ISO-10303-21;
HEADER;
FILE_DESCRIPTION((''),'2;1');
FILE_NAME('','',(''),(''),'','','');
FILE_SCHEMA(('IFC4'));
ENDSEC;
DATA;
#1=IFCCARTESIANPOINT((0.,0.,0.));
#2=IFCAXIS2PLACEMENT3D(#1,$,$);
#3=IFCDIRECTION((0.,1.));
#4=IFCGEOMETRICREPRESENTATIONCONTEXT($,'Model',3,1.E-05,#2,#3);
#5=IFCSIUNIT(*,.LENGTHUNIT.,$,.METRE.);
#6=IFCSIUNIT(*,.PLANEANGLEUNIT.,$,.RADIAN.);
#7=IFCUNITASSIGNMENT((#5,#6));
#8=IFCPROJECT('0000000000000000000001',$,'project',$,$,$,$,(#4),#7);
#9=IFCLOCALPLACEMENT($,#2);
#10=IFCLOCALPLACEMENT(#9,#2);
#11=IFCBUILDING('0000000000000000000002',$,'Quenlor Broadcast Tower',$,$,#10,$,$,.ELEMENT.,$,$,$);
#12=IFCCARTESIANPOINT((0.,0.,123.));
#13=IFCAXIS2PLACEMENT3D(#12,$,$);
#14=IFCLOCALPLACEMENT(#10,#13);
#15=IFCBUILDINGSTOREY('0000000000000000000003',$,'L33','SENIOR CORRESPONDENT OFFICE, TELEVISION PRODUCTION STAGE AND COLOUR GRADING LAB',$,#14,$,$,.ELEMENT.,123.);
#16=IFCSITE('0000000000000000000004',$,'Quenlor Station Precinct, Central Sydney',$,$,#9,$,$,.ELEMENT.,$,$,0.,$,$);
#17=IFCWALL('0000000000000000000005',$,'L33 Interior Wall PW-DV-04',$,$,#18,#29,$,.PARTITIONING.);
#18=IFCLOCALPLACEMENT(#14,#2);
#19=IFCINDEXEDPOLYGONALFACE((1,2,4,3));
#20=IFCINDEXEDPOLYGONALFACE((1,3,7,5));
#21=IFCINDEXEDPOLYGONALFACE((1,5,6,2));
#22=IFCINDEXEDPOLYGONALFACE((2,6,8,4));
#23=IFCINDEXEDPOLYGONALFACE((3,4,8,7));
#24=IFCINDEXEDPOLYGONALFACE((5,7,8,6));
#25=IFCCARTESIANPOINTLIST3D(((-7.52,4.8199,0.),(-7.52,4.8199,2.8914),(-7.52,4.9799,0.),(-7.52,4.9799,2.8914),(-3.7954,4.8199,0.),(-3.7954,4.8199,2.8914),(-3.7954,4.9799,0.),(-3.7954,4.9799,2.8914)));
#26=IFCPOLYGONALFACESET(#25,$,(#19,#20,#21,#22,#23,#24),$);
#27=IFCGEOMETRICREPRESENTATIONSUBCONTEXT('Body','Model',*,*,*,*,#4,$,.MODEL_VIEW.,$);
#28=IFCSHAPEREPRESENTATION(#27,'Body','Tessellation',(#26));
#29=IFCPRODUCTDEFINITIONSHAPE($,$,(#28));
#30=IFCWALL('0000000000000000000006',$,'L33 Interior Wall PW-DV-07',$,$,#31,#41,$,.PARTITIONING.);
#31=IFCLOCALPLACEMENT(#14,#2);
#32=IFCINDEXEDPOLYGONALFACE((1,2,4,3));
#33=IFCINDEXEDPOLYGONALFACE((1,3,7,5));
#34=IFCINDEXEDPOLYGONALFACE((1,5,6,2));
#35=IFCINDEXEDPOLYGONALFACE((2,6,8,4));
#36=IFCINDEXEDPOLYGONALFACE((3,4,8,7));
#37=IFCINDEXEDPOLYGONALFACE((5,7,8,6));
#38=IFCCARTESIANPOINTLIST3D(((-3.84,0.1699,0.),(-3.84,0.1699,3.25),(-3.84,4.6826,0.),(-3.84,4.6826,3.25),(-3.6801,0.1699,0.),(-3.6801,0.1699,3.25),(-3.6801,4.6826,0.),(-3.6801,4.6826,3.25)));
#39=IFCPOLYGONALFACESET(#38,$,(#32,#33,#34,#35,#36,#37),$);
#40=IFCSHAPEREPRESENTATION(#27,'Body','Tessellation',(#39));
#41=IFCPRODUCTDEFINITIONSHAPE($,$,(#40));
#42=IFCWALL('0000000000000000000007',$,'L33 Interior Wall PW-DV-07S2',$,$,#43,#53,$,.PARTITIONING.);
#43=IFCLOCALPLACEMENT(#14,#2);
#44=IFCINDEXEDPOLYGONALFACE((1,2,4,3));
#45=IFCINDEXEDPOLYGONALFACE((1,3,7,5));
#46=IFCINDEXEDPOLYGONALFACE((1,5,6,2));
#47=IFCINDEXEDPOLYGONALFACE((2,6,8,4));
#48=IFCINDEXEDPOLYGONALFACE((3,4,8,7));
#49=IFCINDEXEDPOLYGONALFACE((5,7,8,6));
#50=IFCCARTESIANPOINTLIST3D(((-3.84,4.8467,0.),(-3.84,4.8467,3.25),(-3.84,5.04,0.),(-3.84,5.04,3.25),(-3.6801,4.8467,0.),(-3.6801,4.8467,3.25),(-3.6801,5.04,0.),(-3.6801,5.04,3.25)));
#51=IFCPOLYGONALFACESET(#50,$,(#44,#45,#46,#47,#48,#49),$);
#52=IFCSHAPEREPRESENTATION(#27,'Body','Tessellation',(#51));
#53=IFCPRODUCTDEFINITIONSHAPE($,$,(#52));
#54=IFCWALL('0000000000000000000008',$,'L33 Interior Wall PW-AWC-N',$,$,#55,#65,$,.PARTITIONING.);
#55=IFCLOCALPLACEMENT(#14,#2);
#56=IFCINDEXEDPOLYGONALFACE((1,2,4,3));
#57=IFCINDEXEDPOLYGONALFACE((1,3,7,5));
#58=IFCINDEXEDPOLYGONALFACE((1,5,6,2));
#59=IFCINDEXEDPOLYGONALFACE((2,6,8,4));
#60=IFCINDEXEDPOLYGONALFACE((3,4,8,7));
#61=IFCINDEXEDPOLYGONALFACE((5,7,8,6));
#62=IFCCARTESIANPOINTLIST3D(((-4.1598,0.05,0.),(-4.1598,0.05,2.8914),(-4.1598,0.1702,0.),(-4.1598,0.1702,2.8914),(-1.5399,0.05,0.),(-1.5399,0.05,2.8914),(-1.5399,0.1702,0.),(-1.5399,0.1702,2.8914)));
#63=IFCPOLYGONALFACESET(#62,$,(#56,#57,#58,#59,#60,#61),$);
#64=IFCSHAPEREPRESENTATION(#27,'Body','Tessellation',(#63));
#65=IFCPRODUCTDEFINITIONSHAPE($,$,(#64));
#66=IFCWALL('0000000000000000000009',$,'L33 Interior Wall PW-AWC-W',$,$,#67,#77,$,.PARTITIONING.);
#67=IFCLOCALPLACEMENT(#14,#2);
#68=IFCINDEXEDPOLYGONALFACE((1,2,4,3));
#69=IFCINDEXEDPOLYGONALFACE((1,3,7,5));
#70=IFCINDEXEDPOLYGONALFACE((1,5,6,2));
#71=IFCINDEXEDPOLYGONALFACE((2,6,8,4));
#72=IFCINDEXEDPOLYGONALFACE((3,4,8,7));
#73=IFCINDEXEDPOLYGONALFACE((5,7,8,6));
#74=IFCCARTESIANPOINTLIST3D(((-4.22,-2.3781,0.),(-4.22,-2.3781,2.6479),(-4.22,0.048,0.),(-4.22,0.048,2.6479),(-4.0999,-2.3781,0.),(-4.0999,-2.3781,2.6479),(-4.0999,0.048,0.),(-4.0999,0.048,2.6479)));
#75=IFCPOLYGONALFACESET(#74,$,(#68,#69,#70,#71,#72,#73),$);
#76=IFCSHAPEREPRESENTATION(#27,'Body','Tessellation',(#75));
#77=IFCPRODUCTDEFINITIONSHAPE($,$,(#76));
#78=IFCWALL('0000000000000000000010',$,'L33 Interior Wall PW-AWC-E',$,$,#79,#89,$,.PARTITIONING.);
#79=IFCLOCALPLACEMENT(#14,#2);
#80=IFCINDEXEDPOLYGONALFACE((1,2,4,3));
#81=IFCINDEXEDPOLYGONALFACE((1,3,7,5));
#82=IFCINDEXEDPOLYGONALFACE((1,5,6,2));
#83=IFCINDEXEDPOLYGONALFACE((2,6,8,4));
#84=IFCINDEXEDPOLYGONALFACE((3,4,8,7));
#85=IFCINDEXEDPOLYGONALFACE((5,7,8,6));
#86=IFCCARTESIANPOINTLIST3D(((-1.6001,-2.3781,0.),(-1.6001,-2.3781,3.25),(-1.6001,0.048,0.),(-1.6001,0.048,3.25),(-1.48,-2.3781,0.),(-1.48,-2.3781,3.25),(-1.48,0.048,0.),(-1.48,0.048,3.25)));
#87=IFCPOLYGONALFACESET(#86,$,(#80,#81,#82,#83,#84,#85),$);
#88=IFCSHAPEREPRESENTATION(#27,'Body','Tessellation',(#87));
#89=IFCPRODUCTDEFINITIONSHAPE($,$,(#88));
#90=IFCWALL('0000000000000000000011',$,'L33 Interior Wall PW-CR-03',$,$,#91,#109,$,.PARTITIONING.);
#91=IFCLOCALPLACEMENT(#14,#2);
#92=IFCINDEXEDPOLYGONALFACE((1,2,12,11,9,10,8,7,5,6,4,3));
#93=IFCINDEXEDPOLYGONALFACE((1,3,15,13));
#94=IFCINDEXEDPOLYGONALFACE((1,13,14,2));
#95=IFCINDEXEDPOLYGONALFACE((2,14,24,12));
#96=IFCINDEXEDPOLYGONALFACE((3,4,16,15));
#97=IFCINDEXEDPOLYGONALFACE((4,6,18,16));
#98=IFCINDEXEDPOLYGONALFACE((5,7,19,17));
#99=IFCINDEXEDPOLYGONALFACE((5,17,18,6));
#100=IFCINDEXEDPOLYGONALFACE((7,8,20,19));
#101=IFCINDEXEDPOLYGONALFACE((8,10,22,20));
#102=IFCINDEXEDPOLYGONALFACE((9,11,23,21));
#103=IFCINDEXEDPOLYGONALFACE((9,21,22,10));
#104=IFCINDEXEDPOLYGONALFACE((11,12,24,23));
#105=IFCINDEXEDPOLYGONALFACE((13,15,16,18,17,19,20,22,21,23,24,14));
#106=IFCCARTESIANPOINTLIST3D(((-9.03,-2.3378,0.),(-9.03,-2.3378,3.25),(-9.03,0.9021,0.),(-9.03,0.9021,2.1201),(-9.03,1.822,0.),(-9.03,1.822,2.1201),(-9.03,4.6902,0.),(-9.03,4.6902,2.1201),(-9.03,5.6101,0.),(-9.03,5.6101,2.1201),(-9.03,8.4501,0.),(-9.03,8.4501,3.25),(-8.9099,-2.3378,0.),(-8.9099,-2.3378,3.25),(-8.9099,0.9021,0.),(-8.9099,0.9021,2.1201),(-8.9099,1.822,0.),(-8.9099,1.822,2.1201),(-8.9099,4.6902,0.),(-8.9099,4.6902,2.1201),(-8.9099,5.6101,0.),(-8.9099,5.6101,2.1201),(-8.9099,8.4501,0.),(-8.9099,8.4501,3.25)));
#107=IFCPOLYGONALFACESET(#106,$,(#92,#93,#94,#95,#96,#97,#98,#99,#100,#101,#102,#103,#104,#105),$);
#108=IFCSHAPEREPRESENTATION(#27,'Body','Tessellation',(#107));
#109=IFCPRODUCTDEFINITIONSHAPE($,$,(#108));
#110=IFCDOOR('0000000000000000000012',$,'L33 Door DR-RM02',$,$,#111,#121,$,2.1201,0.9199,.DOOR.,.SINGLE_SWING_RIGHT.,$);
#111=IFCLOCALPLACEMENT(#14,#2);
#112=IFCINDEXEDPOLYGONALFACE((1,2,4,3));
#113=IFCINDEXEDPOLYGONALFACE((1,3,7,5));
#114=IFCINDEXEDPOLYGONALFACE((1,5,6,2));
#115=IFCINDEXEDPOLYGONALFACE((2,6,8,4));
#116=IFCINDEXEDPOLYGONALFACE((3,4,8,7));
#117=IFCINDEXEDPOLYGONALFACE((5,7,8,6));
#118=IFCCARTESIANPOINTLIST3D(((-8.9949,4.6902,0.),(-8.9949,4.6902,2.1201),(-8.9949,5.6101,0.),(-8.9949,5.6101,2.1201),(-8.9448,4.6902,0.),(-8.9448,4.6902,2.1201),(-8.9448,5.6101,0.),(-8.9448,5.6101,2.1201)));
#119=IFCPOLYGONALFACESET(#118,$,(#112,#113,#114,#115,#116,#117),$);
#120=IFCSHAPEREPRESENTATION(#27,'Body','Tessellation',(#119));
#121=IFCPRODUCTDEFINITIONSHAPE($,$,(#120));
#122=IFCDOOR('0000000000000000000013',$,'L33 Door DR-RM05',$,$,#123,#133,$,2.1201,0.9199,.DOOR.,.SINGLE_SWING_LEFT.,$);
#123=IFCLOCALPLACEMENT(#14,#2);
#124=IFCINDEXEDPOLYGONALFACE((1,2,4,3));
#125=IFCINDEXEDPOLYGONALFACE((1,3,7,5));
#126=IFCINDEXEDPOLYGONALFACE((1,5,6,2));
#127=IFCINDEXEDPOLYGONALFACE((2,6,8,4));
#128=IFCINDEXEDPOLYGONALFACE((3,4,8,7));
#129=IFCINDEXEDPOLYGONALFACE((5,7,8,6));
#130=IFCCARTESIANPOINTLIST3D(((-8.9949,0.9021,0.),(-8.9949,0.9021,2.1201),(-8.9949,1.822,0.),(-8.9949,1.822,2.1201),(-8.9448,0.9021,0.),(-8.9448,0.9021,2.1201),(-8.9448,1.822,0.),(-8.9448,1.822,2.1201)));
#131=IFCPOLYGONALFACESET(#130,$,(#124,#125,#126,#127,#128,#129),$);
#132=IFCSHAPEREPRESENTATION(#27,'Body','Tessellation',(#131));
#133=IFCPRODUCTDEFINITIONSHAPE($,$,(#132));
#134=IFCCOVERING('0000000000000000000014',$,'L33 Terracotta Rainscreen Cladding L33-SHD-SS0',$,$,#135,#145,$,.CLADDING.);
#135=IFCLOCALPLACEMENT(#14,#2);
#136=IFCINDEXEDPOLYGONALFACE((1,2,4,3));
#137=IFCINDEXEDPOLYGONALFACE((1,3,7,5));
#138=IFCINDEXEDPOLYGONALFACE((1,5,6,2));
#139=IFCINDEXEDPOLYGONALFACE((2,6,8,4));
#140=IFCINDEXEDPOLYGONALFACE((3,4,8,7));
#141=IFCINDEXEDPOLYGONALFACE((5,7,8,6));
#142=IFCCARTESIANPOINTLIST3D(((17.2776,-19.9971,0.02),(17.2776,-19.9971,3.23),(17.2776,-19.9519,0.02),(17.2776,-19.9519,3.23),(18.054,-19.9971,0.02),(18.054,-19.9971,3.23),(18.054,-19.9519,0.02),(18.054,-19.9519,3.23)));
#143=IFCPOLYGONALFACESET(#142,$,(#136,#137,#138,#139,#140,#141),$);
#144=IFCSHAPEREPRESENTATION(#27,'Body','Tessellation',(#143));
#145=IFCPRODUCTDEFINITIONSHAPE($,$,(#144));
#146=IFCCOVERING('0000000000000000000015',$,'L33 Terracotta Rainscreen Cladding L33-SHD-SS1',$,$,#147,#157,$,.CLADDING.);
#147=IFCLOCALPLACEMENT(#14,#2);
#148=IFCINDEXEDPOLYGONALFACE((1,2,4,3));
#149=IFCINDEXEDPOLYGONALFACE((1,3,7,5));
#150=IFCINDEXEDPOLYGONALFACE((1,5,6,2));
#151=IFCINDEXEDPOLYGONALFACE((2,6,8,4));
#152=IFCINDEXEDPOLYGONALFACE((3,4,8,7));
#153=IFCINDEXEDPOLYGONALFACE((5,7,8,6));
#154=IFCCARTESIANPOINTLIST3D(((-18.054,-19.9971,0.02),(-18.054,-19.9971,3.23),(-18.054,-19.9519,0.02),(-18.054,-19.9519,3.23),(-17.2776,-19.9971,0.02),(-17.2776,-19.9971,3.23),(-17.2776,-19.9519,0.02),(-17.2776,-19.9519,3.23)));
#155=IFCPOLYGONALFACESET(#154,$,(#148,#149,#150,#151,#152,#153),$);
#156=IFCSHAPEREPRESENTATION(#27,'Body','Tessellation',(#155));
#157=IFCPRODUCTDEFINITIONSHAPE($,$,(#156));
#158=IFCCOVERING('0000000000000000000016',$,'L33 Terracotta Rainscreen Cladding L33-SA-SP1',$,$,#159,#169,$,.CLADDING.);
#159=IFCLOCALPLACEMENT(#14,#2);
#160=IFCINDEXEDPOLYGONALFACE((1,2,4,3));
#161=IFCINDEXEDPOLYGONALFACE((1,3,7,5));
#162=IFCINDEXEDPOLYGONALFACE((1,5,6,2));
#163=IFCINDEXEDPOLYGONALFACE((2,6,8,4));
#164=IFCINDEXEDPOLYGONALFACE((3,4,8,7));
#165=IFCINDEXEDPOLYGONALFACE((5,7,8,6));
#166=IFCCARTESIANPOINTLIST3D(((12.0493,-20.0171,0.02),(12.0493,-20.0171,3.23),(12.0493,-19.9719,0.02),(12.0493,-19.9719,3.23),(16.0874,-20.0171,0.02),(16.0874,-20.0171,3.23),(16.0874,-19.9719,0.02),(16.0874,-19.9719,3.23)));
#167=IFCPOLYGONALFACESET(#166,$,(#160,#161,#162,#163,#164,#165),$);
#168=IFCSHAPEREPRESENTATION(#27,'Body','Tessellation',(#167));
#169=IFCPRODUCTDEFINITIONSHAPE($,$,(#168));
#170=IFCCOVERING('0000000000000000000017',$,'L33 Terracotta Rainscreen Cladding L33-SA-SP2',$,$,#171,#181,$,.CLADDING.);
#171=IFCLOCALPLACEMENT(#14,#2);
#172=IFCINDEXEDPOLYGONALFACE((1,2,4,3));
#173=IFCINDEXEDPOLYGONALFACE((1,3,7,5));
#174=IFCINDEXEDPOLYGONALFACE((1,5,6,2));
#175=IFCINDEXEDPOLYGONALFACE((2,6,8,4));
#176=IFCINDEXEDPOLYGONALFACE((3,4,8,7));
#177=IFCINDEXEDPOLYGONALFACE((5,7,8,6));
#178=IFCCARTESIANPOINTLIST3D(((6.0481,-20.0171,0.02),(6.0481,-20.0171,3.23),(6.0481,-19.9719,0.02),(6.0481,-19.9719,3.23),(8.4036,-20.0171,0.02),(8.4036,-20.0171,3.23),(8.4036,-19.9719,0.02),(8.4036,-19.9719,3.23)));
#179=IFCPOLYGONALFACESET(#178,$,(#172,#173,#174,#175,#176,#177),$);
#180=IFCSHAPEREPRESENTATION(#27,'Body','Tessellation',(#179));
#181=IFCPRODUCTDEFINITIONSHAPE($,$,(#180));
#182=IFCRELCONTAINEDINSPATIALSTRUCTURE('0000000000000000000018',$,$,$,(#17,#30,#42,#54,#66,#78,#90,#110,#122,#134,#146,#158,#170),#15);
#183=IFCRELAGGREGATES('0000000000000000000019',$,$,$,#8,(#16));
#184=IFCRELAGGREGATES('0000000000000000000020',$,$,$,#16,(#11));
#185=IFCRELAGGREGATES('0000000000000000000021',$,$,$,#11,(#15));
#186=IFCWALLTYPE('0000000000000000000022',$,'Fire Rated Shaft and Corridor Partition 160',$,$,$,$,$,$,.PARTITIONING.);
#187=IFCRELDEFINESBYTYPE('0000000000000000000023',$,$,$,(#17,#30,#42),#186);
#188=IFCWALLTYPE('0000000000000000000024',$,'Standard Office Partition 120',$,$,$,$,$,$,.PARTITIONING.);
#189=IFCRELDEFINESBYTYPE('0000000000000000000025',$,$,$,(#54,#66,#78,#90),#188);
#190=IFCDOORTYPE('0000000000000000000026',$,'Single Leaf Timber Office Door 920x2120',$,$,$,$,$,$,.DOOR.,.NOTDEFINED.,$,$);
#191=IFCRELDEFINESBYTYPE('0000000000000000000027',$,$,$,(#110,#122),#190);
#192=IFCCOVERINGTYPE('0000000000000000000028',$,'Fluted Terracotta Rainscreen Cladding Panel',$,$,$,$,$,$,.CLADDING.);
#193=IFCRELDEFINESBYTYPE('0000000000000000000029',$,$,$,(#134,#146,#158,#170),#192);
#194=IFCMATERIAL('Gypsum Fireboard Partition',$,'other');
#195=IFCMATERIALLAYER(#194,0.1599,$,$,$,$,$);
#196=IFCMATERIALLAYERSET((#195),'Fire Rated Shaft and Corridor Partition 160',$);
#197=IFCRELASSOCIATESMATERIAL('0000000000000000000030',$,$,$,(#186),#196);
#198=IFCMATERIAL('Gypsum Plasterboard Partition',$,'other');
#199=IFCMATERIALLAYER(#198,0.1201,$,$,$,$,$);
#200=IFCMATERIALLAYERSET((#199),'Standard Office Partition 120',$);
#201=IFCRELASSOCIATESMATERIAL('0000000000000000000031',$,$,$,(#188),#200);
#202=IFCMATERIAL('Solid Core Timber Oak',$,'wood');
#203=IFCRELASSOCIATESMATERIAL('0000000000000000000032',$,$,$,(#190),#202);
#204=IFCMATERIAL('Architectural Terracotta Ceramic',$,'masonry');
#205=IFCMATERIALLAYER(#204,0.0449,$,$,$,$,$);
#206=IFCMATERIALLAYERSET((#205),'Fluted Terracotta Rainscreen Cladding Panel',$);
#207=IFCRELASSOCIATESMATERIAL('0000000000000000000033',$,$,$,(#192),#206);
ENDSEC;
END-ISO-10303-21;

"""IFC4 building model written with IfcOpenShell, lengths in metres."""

from ifc_helpers import new_model, si_unit, direction, frame, frame_2d, origin, place, context, subcontext, project, spatial, polyline, rectangle, outline, extrude, material, layer, layer_set, type_object, element, fill, save


model = new_model("IFC4")

# Units and contexts
model_context = context("Model", 3, precision=1e-05, world=origin(), true_north=direction((0.0, 1.0)))
body_context = subcontext(model_context, "Body", "Model", "MODEL_VIEW")
ifc_project = project(units=[si_unit("LENGTHUNIT", "METRE"), si_unit("PLANEANGLEUNIT", "RADIAN")], contexts=[model_context])

# Site, building, storey
site_placement = place(None, origin())
site = spatial("IfcSite", under=ifc_project, at=site_placement, Name="Quenlor Station Precinct, Central Sydney", CompositionType="ELEMENT", RefElevation=0.0)
building_placement = place(site_placement, origin())
building = spatial("IfcBuilding", under=site, at=building_placement, Name="Quenlor Broadcast Tower", CompositionType="ELEMENT")
storey_placement = place(building_placement, frame((0.0, 0.0, 123.0)))
storey = spatial("IfcBuildingStorey", under=building, at=storey_placement, Name="L33", Description="SENIOR CORRESPONDENT OFFICE, TELEVISION PRODUCTION STAGE AND COLOUR GRADING LAB", CompositionType="ELEMENT", Elevation=123.0)

# Walls
ifc_material_1 = material(Name="Gypsum Fireboard Partition", Category="other")
ifc_layer_1 = layer(ifc_material_1, 0.1599)
ifc_layer_set_1 = layer_set([ifc_layer_1], Name="Fire Rated Shaft and Corridor Partition 160")
wall_type_1 = type_object("IfcWallType", Name="Fire Rated Shaft and Corridor Partition 160", PredefinedType="PARTITIONING", material=ifc_layer_set_1)
wall_1_placement = place(storey_placement, frame((-3.7954, 4.8999, 0.0), z_axis=(0.0, 0.0, 1.0), x_axis=(-1.0, 0.0, 0.0)))
element("IfcWall", 1, at=wall_1_placement, inside=storey, type_object=wall_type_1, Name="L33 Interior Wall PW-DV-04", PredefinedType="PARTITIONING", context=body_context, shape_type="SweptSolid", body=[
    extrude(rectangle(XDim=3.7246, YDim=0.1599, at=frame_2d((1.8623, 0.0))), origin(), (0.0, 0.0, 1.0), 2.8914),
])
wall_2_placement = place(storey_placement, frame((-3.76, 0.1699, 0.0), z_axis=(0.0, 0.0, 1.0), x_axis=(0.0, 1.0, 0.0)))
element("IfcWall", 2, at=wall_2_placement, inside=storey, type_object=wall_type_1, Name="L33 Interior Wall PW-DV-07", PredefinedType="PARTITIONING", context=body_context, shape_type="SweptSolid", body=[
    extrude(rectangle(XDim=4.5127, YDim=0.1599, at=frame_2d((2.2563, 0.0))), origin(), (0.0, 0.0, 1.0), 3.25),
])
wall_3_placement = place(storey_placement, frame((-3.76, 4.8467, 0.0), z_axis=(0.0, 0.0, 1.0), x_axis=(0.0, 1.0, 0.0)))
element("IfcWall", 3, at=wall_3_placement, inside=storey, type_object=wall_type_1, Name="L33 Interior Wall PW-DV-07S2", PredefinedType="PARTITIONING", context=body_context, shape_type="SweptSolid", body=[
    extrude(rectangle(XDim=0.1934, YDim=0.1599, at=frame_2d((0.0967, 0.0))), origin(), (0.0, 0.0, 1.0), 3.25),
])
ifc_material_2 = material(Name="Gypsum Plasterboard Partition", Category="other")
ifc_layer_2 = layer(ifc_material_2, 0.1201)
ifc_layer_set_2 = layer_set([ifc_layer_2], Name="Standard Office Partition 120")
wall_type_2 = type_object("IfcWallType", Name="Standard Office Partition 120", PredefinedType="PARTITIONING", material=ifc_layer_set_2)
wall_4_placement = place(storey_placement, frame((-4.1599, 0.1101, 0.0), z_axis=(0.0, 0.0, 1.0), x_axis=(1.0, 0.0, 0.0)))
element("IfcWall", 4, at=wall_4_placement, inside=storey, type_object=wall_type_2, Name="L33 Interior Wall PW-AWC-N", PredefinedType="PARTITIONING", context=body_context, shape_type="SweptSolid", body=[
    extrude(rectangle(XDim=2.6199, YDim=0.1201, at=frame_2d((1.3101, 0.0))), origin(), (0.0, 0.0, 1.0), 2.8914),
])
wall_5_placement = place(storey_placement, frame((-4.1599, -2.3779, 0.0), z_axis=(0.0, 0.0, 1.0), x_axis=(0.0, 1.0, 0.0)))
element("IfcWall", 5, at=wall_5_placement, inside=storey, type_object=wall_type_2, Name="L33 Interior Wall PW-AWC-W", PredefinedType="PARTITIONING", context=body_context, shape_type="SweptSolid", body=[
    extrude(rectangle(XDim=2.426, YDim=0.1201, at=frame_2d((1.2129, 0.0))), origin(), (0.0, 0.0, 1.0), 2.6479),
])
wall_6_placement = place(storey_placement, frame((-1.54, -2.3779, 0.0), z_axis=(0.0, 0.0, 1.0), x_axis=(0.0, 1.0, 0.0)))
element("IfcWall", 6, at=wall_6_placement, inside=storey, type_object=wall_type_2, Name="L33 Interior Wall PW-AWC-E", PredefinedType="PARTITIONING", context=body_context, shape_type="SweptSolid", body=[
    extrude(rectangle(XDim=2.426, YDim=0.1201, at=frame_2d((1.2129, 0.0))), origin(), (0.0, 0.0, 1.0), 3.25),
])

# Wall, openings, doors
wall_7_placement = place(storey_placement, frame((-8.97, -2.3379, 0.0), z_axis=(0.0, 0.0, 1.0), x_axis=(0.0, 1.0, 0.0)))
wall_7 = element("IfcWall", 7, at=wall_7_placement, inside=storey, type_object=wall_type_2, Name="L33 Interior Wall PW-CR-03", PredefinedType="PARTITIONING", context=body_context, shape_type="SweptSolid", body=[
    extrude(rectangle(XDim=10.7878, YDim=0.1201, at=frame_2d((5.394, 0.0))), origin(), (0.0, 0.0, 1.0), 3.25),
])
opening_1_placement = place(wall_7_placement, frame((7.0281, 0.0, 0.0)))
opening_1 = element("IfcOpeningElement", 8, at=opening_1_placement, cuts=wall_7, PredefinedType="OPENING", context=body_context, shape_type="SweptSolid", body=[
    extrude(rectangle(XDim=0.9199, YDim=2.1201, at=frame_2d((0.46, 1.0601))), frame((0.0, 0.0701, 0.0), z_axis=(0.0, -1.0, 0.0), x_axis=(1.0, 0.0, 0.0)), (0.0, 0.0, 1.0), 0.1401),
])
opening_2_placement = place(wall_7_placement, frame((3.24, 0.0, 0.0)))
opening_2 = element("IfcOpeningElement", 9, at=opening_2_placement, cuts=wall_7, PredefinedType="OPENING", context=body_context, shape_type="SweptSolid", body=[
    extrude(rectangle(XDim=0.9199, YDim=2.1201, at=frame_2d((0.46, 1.0601))), frame((0.0, 0.0701, 0.0), z_axis=(0.0, -1.0, 0.0), x_axis=(1.0, 0.0, 0.0)), (0.0, 0.0, 1.0), 0.1401),
])
ifc_material_3 = material(Name="Solid Core Timber Oak", Category="wood")
door_type = type_object("IfcDoorType", Name="Single Leaf Timber Office Door 920x2120", OperationType="NOTDEFINED", PredefinedType="DOOR", material=ifc_material_3)
door_1_placement = place(opening_1_placement, origin())
door_1 = element("IfcDoor", 10, at=door_1_placement, inside=storey, type_object=door_type, Name="L33 Door DR-RM02", OperationType="SINGLE_SWING_RIGHT", OverallHeight=2.1201, OverallWidth=0.9199, PredefinedType="DOOR", context=body_context, shape_type="SweptSolid", body=[
    extrude(rectangle(XDim=0.9199, YDim=2.1201, at=frame_2d((0.46, 1.0601))), frame((0.0, 0.0249, 0.0), z_axis=(0.0, -1.0, 0.0), x_axis=(1.0, 0.0, 0.0)), (0.0, 0.0, 1.0), 0.05),
])
fill(opening_1, door_1)
door_2_placement = place(opening_2_placement, origin())
door_2 = element("IfcDoor", 11, at=door_2_placement, inside=storey, type_object=door_type, Name="L33 Door DR-RM05", OperationType="SINGLE_SWING_LEFT", OverallHeight=2.1201, OverallWidth=0.9199, PredefinedType="DOOR", context=body_context, shape_type="SweptSolid", body=[
    extrude(rectangle(XDim=0.9199, YDim=2.1201, at=frame_2d((0.46, 1.0601))), frame((0.0, 0.0249, 0.0), z_axis=(0.0, -1.0, 0.0), x_axis=(1.0, 0.0, 0.0)), (0.0, 0.0, 1.0), 0.05),
])
fill(opening_2, door_2)

# Coverings
ifc_material_4 = material(Name="Architectural Terracotta Ceramic", Category="masonry")
ifc_layer_3 = layer(ifc_material_4, 0.0449)
ifc_layer_set_3 = layer_set([ifc_layer_3], Name="Fluted Terracotta Rainscreen Cladding Panel")
covering_type = type_object("IfcCoveringType", Name="Fluted Terracotta Rainscreen Cladding Panel", PredefinedType="CLADDING", material=ifc_layer_set_3)
covering_1_placement = place(storey_placement, frame((0.0, 0.0, 0.02)))
element("IfcCovering", 12, at=covering_1_placement, inside=storey, type_object=covering_type, Name="L33 Terracotta Rainscreen Cladding L33-SHD-SS0", PredefinedType="CLADDING", context=body_context, shape_type="SweptSolid", body=[
    extrude(outline(polyline([(18.054, -19.9519), (17.2776, -19.9519), (17.2776, -19.9971), (18.054, -19.9971), (18.054, -19.9519)])), origin(), (0.0, 0.0, 1.0), 3.21),
])
covering_2_placement = place(storey_placement, frame((0.0, 0.0, 0.02)))
element("IfcCovering", 13, at=covering_2_placement, inside=storey, type_object=covering_type, Name="L33 Terracotta Rainscreen Cladding L33-SHD-SS1", PredefinedType="CLADDING", context=body_context, shape_type="SweptSolid", body=[
    extrude(outline(polyline([(-17.2776, -19.9519), (-18.054, -19.9519), (-18.054, -19.9971), (-17.2776, -19.9971), (-17.2776, -19.9519)])), origin(), (0.0, 0.0, 1.0), 3.21),
])
covering_3_placement = place(storey_placement, frame((0.0, 0.0, 0.02)))
element("IfcCovering", 14, at=covering_3_placement, inside=storey, type_object=covering_type, Name="L33 Terracotta Rainscreen Cladding L33-SA-SP1", PredefinedType="CLADDING", context=body_context, shape_type="SweptSolid", body=[
    extrude(outline(polyline([(16.0874, -19.9719), (12.0493, -19.9719), (12.0493, -20.0171), (16.0874, -20.0171), (16.0874, -19.9719)])), origin(), (0.0, 0.0, 1.0), 3.21),
])
covering_4_placement = place(storey_placement, frame((0.0, 0.0, 0.02)))
element("IfcCovering", 15, at=covering_4_placement, inside=storey, type_object=covering_type, Name="L33 Terracotta Rainscreen Cladding L33-SA-SP2", PredefinedType="CLADDING", context=body_context, shape_type="SweptSolid", body=[
    extrude(outline(polyline([(8.4036, -19.9719), (6.0481, -19.9719), (6.0481, -20.0171), (8.4036, -20.0171), (8.4036, -19.9719)])), origin(), (0.0, 0.0, 1.0), 3.21),
])

save(model, "model.ifc")
